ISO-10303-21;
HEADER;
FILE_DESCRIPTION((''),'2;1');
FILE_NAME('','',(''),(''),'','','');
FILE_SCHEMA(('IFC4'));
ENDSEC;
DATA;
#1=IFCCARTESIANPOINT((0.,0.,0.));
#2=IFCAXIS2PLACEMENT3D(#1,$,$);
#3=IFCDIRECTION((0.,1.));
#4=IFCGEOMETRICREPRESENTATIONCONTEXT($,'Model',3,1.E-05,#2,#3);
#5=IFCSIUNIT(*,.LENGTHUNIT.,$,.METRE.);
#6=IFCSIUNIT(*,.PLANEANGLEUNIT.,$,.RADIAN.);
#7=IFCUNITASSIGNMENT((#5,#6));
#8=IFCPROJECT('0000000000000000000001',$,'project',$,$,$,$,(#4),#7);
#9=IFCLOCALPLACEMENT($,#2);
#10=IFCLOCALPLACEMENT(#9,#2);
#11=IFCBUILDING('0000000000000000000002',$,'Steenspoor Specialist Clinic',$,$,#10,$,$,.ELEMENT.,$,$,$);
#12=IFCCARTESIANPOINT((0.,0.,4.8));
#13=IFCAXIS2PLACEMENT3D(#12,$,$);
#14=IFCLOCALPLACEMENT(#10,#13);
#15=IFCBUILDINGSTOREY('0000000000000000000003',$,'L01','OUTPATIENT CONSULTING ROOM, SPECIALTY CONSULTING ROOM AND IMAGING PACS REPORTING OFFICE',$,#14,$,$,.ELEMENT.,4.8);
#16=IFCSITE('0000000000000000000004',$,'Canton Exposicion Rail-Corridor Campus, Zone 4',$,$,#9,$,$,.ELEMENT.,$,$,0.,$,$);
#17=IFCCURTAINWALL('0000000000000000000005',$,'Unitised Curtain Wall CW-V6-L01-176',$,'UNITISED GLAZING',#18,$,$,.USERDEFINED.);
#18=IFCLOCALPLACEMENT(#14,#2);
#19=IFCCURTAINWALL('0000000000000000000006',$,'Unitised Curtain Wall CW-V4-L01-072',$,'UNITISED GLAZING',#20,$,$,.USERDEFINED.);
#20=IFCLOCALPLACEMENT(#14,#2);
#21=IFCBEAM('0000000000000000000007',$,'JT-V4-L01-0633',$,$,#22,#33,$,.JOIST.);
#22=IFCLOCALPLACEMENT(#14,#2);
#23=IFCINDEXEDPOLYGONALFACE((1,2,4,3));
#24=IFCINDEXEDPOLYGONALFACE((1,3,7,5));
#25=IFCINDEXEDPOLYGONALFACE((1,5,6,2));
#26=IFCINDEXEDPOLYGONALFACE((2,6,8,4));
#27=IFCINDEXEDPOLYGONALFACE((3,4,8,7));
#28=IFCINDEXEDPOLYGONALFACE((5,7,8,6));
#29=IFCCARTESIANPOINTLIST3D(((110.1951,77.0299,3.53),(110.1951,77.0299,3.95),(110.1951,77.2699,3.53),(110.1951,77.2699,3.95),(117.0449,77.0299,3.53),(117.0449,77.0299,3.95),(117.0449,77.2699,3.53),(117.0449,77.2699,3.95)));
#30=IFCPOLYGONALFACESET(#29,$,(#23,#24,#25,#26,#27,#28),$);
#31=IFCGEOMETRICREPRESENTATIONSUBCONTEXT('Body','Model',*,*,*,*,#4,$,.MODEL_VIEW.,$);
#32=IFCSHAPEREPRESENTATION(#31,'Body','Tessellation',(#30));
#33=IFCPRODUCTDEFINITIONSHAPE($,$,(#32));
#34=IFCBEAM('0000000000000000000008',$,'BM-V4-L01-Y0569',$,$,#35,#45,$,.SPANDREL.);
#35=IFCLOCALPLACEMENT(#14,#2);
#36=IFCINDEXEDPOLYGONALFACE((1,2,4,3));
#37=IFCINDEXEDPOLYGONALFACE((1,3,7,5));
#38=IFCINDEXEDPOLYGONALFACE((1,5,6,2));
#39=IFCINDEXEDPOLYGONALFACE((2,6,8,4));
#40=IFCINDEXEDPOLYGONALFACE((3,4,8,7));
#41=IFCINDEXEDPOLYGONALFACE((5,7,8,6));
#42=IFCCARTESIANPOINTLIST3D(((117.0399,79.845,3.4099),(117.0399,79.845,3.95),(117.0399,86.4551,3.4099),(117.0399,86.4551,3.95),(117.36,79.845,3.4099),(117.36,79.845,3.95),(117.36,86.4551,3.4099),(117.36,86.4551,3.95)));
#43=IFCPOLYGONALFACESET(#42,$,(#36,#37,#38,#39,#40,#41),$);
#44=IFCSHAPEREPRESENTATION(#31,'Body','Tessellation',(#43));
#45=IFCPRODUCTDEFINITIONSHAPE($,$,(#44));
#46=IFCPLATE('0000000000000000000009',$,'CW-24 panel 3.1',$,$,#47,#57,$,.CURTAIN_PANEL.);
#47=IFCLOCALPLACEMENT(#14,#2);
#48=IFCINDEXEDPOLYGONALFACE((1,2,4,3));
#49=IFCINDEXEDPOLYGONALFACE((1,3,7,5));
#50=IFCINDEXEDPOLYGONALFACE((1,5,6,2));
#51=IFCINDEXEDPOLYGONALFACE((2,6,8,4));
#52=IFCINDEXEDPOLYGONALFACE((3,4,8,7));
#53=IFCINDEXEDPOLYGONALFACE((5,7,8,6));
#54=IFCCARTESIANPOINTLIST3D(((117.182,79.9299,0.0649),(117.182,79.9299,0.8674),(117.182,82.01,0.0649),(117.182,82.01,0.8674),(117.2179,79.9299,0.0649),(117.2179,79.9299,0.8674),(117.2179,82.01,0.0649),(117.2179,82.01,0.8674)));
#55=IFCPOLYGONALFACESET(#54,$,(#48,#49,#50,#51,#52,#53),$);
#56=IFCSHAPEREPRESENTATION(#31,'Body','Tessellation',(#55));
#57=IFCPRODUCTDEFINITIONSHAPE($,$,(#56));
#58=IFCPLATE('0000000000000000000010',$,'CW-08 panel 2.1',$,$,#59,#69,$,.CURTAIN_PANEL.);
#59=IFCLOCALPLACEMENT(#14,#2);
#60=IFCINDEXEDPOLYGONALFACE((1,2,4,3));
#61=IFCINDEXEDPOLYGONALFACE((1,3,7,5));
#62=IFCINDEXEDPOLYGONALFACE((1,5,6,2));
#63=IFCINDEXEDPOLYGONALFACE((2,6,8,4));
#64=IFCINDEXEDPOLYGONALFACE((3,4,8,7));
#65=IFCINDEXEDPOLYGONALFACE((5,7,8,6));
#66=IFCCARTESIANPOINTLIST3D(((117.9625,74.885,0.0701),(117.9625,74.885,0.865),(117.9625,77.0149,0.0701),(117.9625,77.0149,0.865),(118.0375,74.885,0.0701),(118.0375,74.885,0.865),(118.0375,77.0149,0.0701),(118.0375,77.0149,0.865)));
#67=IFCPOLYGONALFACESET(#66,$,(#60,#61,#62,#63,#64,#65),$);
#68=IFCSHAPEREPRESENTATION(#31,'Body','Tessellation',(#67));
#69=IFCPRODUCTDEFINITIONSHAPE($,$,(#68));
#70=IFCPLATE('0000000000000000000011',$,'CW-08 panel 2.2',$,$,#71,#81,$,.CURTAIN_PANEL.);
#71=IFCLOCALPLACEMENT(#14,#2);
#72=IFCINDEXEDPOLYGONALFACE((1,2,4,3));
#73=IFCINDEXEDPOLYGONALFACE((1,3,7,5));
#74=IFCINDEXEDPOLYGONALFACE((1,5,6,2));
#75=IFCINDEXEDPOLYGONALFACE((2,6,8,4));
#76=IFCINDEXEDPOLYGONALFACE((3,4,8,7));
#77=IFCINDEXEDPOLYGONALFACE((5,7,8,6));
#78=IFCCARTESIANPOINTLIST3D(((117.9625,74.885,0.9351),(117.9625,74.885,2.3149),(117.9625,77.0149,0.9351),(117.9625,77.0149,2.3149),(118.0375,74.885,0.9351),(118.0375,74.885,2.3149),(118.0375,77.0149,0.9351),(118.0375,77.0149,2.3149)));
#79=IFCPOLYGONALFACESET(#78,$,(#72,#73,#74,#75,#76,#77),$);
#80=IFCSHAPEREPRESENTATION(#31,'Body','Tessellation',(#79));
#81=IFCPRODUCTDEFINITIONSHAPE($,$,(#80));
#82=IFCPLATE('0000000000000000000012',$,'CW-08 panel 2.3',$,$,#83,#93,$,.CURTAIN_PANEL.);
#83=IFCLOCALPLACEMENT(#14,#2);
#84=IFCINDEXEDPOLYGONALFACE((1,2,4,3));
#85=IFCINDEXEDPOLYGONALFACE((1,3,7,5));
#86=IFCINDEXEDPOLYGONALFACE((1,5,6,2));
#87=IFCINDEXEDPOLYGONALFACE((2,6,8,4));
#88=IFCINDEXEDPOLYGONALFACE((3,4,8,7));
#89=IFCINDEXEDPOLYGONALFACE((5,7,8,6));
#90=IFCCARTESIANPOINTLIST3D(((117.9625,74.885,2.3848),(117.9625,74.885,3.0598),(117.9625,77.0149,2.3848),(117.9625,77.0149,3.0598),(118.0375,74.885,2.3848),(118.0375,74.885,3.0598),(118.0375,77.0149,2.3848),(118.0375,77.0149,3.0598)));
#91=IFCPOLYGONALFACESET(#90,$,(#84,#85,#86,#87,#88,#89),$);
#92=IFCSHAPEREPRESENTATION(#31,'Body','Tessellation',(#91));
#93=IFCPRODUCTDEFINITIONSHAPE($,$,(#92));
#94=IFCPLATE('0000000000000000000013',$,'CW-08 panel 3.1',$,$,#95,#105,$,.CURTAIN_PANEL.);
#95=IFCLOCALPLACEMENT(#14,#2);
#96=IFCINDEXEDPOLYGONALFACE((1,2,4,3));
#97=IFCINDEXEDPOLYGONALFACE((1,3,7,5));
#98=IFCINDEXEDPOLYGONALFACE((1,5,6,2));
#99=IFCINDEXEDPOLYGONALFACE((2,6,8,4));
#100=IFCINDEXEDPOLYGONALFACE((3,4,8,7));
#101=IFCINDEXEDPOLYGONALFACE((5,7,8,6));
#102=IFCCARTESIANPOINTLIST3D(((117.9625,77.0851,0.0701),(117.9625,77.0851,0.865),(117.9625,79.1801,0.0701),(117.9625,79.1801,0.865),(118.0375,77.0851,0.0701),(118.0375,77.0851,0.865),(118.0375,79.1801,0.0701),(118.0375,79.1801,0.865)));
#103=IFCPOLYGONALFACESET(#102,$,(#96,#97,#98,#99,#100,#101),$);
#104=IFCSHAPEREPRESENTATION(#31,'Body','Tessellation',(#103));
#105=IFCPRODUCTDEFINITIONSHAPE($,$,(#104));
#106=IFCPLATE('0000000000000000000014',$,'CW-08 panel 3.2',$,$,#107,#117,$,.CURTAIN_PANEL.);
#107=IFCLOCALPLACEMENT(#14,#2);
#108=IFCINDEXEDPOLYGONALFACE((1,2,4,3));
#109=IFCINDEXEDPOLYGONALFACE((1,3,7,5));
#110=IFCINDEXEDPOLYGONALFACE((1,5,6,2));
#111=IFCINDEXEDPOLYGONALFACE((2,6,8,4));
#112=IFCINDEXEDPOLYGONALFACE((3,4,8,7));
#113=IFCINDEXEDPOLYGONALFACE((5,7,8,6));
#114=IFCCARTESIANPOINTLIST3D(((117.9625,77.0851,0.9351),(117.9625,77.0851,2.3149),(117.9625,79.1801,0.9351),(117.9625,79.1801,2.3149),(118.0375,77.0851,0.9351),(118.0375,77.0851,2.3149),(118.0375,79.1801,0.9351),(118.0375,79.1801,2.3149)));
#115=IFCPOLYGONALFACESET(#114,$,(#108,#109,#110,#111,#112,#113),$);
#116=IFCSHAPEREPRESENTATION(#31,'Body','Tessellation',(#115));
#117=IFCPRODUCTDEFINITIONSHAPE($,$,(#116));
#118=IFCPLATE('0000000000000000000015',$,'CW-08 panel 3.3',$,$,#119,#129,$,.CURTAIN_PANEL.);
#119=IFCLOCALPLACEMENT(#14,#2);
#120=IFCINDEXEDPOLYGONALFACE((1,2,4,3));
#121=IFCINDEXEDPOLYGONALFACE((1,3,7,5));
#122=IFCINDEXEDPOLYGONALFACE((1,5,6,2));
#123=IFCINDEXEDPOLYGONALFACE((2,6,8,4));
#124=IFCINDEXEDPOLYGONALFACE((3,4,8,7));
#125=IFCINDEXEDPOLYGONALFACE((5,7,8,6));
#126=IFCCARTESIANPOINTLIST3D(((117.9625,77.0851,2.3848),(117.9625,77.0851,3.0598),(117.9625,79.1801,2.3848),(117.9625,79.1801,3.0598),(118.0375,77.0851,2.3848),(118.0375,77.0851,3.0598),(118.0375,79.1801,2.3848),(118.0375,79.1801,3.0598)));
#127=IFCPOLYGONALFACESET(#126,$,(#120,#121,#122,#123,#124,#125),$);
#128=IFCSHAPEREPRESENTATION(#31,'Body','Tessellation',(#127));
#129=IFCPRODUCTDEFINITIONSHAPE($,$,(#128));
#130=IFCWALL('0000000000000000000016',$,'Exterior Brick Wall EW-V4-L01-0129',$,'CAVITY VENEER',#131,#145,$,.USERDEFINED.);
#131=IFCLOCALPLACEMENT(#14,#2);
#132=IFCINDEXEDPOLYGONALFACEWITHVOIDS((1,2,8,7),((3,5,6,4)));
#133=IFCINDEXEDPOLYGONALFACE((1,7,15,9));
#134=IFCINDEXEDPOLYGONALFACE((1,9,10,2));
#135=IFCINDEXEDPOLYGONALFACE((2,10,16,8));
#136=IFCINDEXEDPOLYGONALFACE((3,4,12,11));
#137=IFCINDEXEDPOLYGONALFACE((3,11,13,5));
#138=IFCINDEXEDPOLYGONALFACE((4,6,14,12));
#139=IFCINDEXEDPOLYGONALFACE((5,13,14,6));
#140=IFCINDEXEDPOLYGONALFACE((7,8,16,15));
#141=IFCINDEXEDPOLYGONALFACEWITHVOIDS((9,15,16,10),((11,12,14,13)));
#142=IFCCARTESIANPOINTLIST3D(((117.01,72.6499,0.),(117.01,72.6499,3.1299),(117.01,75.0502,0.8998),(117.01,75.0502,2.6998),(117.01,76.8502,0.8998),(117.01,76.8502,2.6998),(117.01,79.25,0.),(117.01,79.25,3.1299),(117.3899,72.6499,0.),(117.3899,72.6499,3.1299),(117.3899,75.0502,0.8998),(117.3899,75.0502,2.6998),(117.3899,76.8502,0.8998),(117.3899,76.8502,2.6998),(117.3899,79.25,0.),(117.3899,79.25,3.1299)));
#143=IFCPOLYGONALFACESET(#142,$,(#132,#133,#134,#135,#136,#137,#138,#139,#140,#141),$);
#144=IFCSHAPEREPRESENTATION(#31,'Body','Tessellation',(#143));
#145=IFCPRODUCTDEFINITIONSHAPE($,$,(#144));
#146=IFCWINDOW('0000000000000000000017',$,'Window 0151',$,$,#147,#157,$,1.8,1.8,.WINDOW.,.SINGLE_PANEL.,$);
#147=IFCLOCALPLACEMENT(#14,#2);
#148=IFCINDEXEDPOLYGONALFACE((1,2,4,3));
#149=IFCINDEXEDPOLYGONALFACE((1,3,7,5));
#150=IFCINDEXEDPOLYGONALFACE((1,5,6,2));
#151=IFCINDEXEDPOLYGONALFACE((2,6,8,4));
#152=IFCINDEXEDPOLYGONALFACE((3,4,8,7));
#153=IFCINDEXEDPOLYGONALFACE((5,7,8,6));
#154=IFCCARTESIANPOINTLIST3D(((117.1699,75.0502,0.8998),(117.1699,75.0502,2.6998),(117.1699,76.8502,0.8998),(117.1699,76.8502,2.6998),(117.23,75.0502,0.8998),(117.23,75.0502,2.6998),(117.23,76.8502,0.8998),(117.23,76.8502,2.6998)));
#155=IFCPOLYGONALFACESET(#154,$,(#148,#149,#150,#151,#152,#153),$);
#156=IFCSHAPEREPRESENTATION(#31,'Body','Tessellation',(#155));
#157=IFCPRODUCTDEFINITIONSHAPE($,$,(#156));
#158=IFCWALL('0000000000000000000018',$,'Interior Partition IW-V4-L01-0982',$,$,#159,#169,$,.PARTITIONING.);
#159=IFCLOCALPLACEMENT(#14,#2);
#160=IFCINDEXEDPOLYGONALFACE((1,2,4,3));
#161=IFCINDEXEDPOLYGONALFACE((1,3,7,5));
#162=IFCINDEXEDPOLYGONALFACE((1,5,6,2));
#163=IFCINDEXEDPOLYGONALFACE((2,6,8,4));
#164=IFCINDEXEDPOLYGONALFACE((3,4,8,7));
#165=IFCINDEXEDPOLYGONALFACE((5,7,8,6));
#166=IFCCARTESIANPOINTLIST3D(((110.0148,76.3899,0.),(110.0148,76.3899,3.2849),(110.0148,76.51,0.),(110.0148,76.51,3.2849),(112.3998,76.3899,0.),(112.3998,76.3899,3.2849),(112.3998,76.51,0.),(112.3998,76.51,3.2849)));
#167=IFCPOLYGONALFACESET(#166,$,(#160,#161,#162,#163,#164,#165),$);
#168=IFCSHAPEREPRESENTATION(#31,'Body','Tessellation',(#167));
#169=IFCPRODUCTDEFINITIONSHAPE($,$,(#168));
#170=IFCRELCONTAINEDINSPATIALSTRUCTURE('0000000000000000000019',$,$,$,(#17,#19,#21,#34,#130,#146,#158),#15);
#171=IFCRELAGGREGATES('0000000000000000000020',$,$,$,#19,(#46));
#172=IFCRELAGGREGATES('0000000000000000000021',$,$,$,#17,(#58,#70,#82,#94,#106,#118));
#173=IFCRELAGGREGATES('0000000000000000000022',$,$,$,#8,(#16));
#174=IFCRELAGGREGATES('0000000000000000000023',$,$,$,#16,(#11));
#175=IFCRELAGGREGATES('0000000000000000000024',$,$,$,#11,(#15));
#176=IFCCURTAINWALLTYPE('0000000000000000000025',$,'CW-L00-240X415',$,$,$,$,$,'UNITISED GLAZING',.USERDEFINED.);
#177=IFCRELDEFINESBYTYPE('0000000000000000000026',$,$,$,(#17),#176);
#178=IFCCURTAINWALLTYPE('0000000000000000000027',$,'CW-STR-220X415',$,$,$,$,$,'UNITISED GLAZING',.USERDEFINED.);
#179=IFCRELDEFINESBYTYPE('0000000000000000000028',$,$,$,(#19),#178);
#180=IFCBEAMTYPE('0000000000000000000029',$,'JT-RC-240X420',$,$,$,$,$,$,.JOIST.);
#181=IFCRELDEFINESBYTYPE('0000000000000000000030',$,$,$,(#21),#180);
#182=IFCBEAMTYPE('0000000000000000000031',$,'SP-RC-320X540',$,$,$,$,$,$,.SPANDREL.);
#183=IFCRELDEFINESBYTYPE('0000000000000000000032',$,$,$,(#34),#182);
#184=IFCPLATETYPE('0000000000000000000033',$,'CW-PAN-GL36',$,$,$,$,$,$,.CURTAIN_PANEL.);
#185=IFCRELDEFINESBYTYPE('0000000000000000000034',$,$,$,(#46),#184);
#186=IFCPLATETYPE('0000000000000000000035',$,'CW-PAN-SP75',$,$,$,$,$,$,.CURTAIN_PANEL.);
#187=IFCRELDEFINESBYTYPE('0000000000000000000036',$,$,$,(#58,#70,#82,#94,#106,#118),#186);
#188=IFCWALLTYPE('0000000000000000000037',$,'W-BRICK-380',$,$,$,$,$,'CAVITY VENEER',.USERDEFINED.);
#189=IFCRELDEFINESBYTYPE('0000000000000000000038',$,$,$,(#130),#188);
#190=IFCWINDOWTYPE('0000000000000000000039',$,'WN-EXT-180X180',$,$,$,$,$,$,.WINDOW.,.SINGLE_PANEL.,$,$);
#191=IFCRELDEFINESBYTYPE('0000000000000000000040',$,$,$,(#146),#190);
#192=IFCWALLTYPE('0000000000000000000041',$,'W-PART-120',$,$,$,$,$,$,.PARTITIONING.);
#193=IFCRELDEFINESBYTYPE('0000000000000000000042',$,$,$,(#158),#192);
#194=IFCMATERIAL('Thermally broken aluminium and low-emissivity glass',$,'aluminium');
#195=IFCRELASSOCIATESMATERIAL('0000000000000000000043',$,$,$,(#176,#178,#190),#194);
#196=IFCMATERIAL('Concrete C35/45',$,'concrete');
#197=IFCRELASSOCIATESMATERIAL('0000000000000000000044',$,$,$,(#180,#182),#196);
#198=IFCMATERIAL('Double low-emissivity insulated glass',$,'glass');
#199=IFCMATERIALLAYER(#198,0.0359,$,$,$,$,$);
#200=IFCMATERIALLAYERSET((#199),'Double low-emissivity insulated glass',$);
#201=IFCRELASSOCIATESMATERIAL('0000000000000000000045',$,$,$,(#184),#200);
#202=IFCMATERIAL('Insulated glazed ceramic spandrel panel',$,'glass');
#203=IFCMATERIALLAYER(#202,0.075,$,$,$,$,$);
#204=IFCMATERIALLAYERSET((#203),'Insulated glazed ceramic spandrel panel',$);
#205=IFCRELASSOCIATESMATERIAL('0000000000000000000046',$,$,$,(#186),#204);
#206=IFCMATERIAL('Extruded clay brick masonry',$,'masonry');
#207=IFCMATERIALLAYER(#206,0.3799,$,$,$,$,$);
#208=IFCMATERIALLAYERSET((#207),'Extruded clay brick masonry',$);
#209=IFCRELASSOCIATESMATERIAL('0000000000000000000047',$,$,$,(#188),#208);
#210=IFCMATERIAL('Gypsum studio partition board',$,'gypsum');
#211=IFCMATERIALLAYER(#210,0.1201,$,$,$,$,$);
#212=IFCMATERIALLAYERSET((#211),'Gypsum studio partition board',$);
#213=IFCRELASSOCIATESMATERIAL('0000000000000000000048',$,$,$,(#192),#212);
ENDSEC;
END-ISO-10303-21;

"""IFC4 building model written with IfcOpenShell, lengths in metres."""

from ifc_helpers import new_model, si_unit, direction, frame, frame_2d, origin, origin_2d, place, context, subcontext, project, spatial, rectangle, extrude, material, layer, layer_set, material_profile, profile_set, type_object, element, fill, aggregate, save


model = new_model("IFC4")

# Units and contexts
model_context = context("Model", 3, precision=1e-05, world=origin(), true_north=direction((0.0, 1.0)))
body_context = subcontext(model_context, "Body", "Model", "MODEL_VIEW")
ifc_project = project(units=[si_unit("LENGTHUNIT", "METRE"), si_unit("PLANEANGLEUNIT", "RADIAN")], contexts=[model_context])

# Site, building, storey
site_placement = place(None, origin())
site = spatial("IfcSite", under=ifc_project, at=site_placement, Name="Canton Exposicion Rail-Corridor Campus, Zone 4", CompositionType="ELEMENT", RefElevation=0.0)
building_placement = place(site_placement, origin())
building = spatial("IfcBuilding", under=site, at=building_placement, Name="Steenspoor Specialist Clinic", CompositionType="ELEMENT")
storey_placement = place(building_placement, frame((0.0, 0.0, 4.8)))
storey = spatial("IfcBuildingStorey", under=building, at=storey_placement, Name="L01", Description="OUTPATIENT CONSULTING ROOM, SPECIALTY CONSULTING ROOM AND IMAGING PACS REPORTING OFFICE", CompositionType="ELEMENT", Elevation=4.8)

# Shared definitions
ifc_material_1 = material(Name="Concrete C35/45", Category="concrete")

# Curtain wall
ifc_material_2 = material(Name="Thermally broken aluminium and low-emissivity glass", Category="aluminium")
curtain_wall_type_1 = type_object("IfcCurtainWallType", Name="CW-L00-240X415", ElementType="UNITISED GLAZING", PredefinedType="USERDEFINED", material=ifc_material_2)
curtain_wall_1_placement = place(storey_placement, origin())
curtain_wall_1 = element("IfcCurtainWall", 1, at=curtain_wall_1_placement, inside=storey, type_object=curtain_wall_type_1, Name="Unitised Curtain Wall CW-V6-L01-176", ObjectType="UNITISED GLAZING", PredefinedType="USERDEFINED")

# Curtain wall
curtain_wall_type_2 = type_object("IfcCurtainWallType", Name="CW-STR-220X415", ElementType="UNITISED GLAZING", PredefinedType="USERDEFINED", material=ifc_material_2)
curtain_wall_2_placement = place(storey_placement, origin())
curtain_wall_2 = element("IfcCurtainWall", 2, at=curtain_wall_2_placement, inside=storey, type_object=curtain_wall_type_2, Name="Unitised Curtain Wall CW-V4-L01-072", ObjectType="UNITISED GLAZING", PredefinedType="USERDEFINED")

# Beams
ifc_material_profile_1 = material_profile(ifc_material_1, rectangle(XDim=0.24, YDim=0.4199, at=origin_2d()), Name="RC-JT-240X420")
ifc_profile_set_1 = profile_set([ifc_material_profile_1], Name="Concrete C35/45")
beam_type_1 = type_object("IfcBeamType", Name="JT-RC-240X420", PredefinedType="JOIST", material=ifc_profile_set_1)
beam_1_placement = place(storey_placement, frame((110.1951, 77.1499, 3.74), z_axis=(1.0, 0.0, 0.0), x_axis=(0.0, 1.0, 0.0)))
element("IfcBeam", 3, at=beam_1_placement, inside=storey, type_object=beam_type_1, Name="JT-V4-L01-0633", PredefinedType="JOIST", context=body_context, shape_type="SweptSolid", body=[
    extrude(rectangle(XDim=0.24, YDim=0.4199, at=origin_2d()), origin(), (0.0, 0.0, 1.0), 6.8499),
])
ifc_material_profile_2 = material_profile(ifc_material_1, rectangle(XDim=0.3201, YDim=0.54, at=origin_2d()), Name="RC-SP-320X540")
ifc_profile_set_2 = profile_set([ifc_material_profile_2], Name="Concrete C35/45")
beam_type_2 = type_object("IfcBeamType", Name="SP-RC-320X540", PredefinedType="SPANDREL", material=ifc_profile_set_2)
beam_2_placement = place(storey_placement, frame((117.2, 79.845, 3.6799), z_axis=(0.0, 1.0, 0.0), x_axis=(-1.0, 0.0, 0.0)))
element("IfcBeam", 4, at=beam_2_placement, inside=storey, type_object=beam_type_2, Name="BM-V4-L01-Y0569", PredefinedType="SPANDREL", context=body_context, shape_type="SweptSolid", body=[
    extrude(rectangle(XDim=0.3201, YDim=0.54, at=origin_2d()), origin(), (0.0, 0.0, 1.0), 6.6101),
])

# Plates
ifc_material_3 = material(Name="Double low-emissivity insulated glass", Category="glass")
ifc_layer_1 = layer(ifc_material_3, 0.0359)
ifc_layer_set_1 = layer_set([ifc_layer_1], Name="Double low-emissivity insulated glass")
plate_type_1 = type_object("IfcPlateType", Name="CW-PAN-GL36", PredefinedType="CURTAIN_PANEL", material=ifc_layer_set_1)
plate_1_placement = place(storey_placement, frame((117.2, 80.97, 0.0649), z_axis=(0.0, 0.0, 1.0), x_axis=(0.0, -1.0, 0.0)))
plate_1 = element("IfcPlate", 5, at=plate_1_placement, type_object=plate_type_1, Name="CW-24 panel 3.1", PredefinedType="CURTAIN_PANEL", context=body_context, shape_type="SweptSolid", body=[
    extrude(rectangle(XDim=2.0801, YDim=0.0359, at=origin_2d()), origin(), (0.0, 0.0, 1.0), 0.8025),
])
aggregate(curtain_wall_2, [plate_1])
ifc_material_4 = material(Name="Insulated glazed ceramic spandrel panel", Category="glass")
ifc_layer_2 = layer(ifc_material_4, 0.075)
ifc_layer_set_2 = layer_set([ifc_layer_2], Name="Insulated glazed ceramic spandrel panel")
plate_type_2 = type_object("IfcPlateType", Name="CW-PAN-SP75", PredefinedType="CURTAIN_PANEL", material=ifc_layer_set_2)
plate_2_placement = place(storey_placement, frame((118.0, 75.95, 0.0701), z_axis=(0.0, 0.0, 1.0), x_axis=(0.0, 1.0, 0.0)))
plate_2 = element("IfcPlate", 6, at=plate_2_placement, type_object=plate_type_2, Name="CW-08 panel 2.1", PredefinedType="CURTAIN_PANEL", context=body_context, shape_type="SweptSolid", body=[
    extrude(rectangle(XDim=2.1299, YDim=0.075, at=origin_2d()), origin(), (0.0, 0.0, 1.0), 0.7949),
])
plate_3_placement = place(storey_placement, frame((118.0, 75.95, 0.9351), z_axis=(0.0, 0.0, 1.0), x_axis=(0.0, 1.0, 0.0)))
plate_3 = element("IfcPlate", 7, at=plate_3_placement, type_object=plate_type_2, Name="CW-08 panel 2.2", PredefinedType="CURTAIN_PANEL", context=body_context, shape_type="SweptSolid", body=[
    extrude(rectangle(XDim=2.1299, YDim=0.075, at=origin_2d()), origin(), (0.0, 0.0, 1.0), 1.3799),
])
plate_4_placement = place(storey_placement, frame((118.0, 75.95, 2.3848), z_axis=(0.0, 0.0, 1.0), x_axis=(0.0, 1.0, 0.0)))
plate_4 = element("IfcPlate", 8, at=plate_4_placement, type_object=plate_type_2, Name="CW-08 panel 2.3", PredefinedType="CURTAIN_PANEL", context=body_context, shape_type="SweptSolid", body=[
    extrude(rectangle(XDim=2.1299, YDim=0.075, at=origin_2d()), origin(), (0.0, 0.0, 1.0), 0.675),
])
plate_5_placement = place(storey_placement, frame((118.0, 78.1326, 0.0701), z_axis=(0.0, 0.0, 1.0), x_axis=(0.0, 1.0, 0.0)))
plate_5 = element("IfcPlate", 9, at=plate_5_placement, type_object=plate_type_2, Name="CW-08 panel 3.1", PredefinedType="CURTAIN_PANEL", context=body_context, shape_type="SweptSolid", body=[
    extrude(rectangle(XDim=2.095, YDim=0.075, at=origin_2d()), origin(), (0.0, 0.0, 1.0), 0.7949),
])
plate_6_placement = place(storey_placement, frame((118.0, 78.1326, 0.9351), z_axis=(0.0, 0.0, 1.0), x_axis=(0.0, 1.0, 0.0)))
plate_6 = element("IfcPlate", 10, at=plate_6_placement, type_object=plate_type_2, Name="CW-08 panel 3.2", PredefinedType="CURTAIN_PANEL", context=body_context, shape_type="SweptSolid", body=[
    extrude(rectangle(XDim=2.095, YDim=0.075, at=origin_2d()), origin(), (0.0, 0.0, 1.0), 1.3799),
])
plate_7_placement = place(storey_placement, frame((118.0, 78.1326, 2.3848), z_axis=(0.0, 0.0, 1.0), x_axis=(0.0, 1.0, 0.0)))
plate_7 = element("IfcPlate", 11, at=plate_7_placement, type_object=plate_type_2, Name="CW-08 panel 3.3", PredefinedType="CURTAIN_PANEL", context=body_context, shape_type="SweptSolid", body=[
    extrude(rectangle(XDim=2.095, YDim=0.075, at=origin_2d()), origin(), (0.0, 0.0, 1.0), 0.675),
])
aggregate(curtain_wall_1, [plate_2, plate_3, plate_4, plate_5, plate_6, plate_7])

# Wall, opening, window
ifc_material_5 = material(Name="Extruded clay brick masonry", Category="masonry")
ifc_layer_3 = layer(ifc_material_5, 0.3799)
ifc_layer_set_3 = layer_set([ifc_layer_3], Name="Extruded clay brick masonry")
wall_type_1 = type_object("IfcWallType", Name="W-BRICK-380", ElementType="CAVITY VENEER", PredefinedType="USERDEFINED", material=ifc_layer_set_3)
wall_1_placement = place(storey_placement, frame((117.2, 79.25, 0.0), z_axis=(0.0, 0.0, 1.0), x_axis=(0.0, -1.0, 0.0)))
wall_1 = element("IfcWall", 12, at=wall_1_placement, inside=storey, type_object=wall_type_1, Name="Exterior Brick Wall EW-V4-L01-0129", ObjectType="CAVITY VENEER", PredefinedType="USERDEFINED", context=body_context, shape_type="SweptSolid", body=[
    extrude(rectangle(XDim=6.6001, YDim=0.3799, at=frame_2d((3.3, 0.0))), origin(), (0.0, 0.0, 1.0), 3.1299),
])
opening_1_placement = place(wall_1_placement, frame((2.3999, 0.0, 0.8999)))
opening_1 = element("IfcOpeningElement", 13, at=opening_1_placement, cuts=wall_1, PredefinedType="OPENING", context=body_context, shape_type="SweptSolid", body=[
    extrude(rectangle(XDim=1.8, YDim=1.8, at=frame_2d((0.8999, 0.8999))), frame((0.0, 0.2, 0.0), z_axis=(0.0, -1.0, 0.0), x_axis=(1.0, 0.0, 0.0)), (0.0, 0.0, 1.0), 0.3999),
])
window_type_1 = type_object("IfcWindowType", Name="WN-EXT-180X180", PartitioningType="SINGLE_PANEL", PredefinedType="WINDOW", material=ifc_material_2)
window_1_placement = place(opening_1_placement, origin())
window_1 = element("IfcWindow", 14, at=window_1_placement, inside=storey, type_object=window_type_1, Name="Window 0151", OverallHeight=1.8, OverallWidth=1.8, PartitioningType="SINGLE_PANEL", PredefinedType="WINDOW", context=body_context, shape_type="SweptSolid", body=[
    extrude(rectangle(XDim=1.8, YDim=1.8, at=frame_2d((0.8999, 0.8999))), frame((0.0, 0.03, 0.0), z_axis=(0.0, -1.0, 0.0), x_axis=(1.0, 0.0, 0.0)), (0.0, 0.0, 1.0), 0.0601),
])
fill(opening_1, window_1)

# Wall
ifc_material_6 = material(Name="Gypsum studio partition board", Category="gypsum")
ifc_layer_4 = layer(ifc_material_6, 0.1201)
ifc_layer_set_4 = layer_set([ifc_layer_4], Name="Gypsum studio partition board")
wall_type_2 = type_object("IfcWallType", Name="W-PART-120", PredefinedType="PARTITIONING", material=ifc_layer_set_4)
wall_2_placement = place(storey_placement, frame((110.0149, 76.45, 0.0), z_axis=(0.0, 0.0, 1.0), x_axis=(1.0, 0.0, 0.0)))
element("IfcWall", 15, at=wall_2_placement, inside=storey, type_object=wall_type_2, Name="Interior Partition IW-V4-L01-0982", PredefinedType="PARTITIONING", context=body_context, shape_type="SweptSolid", body=[
    extrude(rectangle(XDim=2.385, YDim=0.1201, at=frame_2d((1.1924, 0.0))), origin(), (0.0, 0.0, 1.0), 3.2849),
])

save(model, "model.ifc")
